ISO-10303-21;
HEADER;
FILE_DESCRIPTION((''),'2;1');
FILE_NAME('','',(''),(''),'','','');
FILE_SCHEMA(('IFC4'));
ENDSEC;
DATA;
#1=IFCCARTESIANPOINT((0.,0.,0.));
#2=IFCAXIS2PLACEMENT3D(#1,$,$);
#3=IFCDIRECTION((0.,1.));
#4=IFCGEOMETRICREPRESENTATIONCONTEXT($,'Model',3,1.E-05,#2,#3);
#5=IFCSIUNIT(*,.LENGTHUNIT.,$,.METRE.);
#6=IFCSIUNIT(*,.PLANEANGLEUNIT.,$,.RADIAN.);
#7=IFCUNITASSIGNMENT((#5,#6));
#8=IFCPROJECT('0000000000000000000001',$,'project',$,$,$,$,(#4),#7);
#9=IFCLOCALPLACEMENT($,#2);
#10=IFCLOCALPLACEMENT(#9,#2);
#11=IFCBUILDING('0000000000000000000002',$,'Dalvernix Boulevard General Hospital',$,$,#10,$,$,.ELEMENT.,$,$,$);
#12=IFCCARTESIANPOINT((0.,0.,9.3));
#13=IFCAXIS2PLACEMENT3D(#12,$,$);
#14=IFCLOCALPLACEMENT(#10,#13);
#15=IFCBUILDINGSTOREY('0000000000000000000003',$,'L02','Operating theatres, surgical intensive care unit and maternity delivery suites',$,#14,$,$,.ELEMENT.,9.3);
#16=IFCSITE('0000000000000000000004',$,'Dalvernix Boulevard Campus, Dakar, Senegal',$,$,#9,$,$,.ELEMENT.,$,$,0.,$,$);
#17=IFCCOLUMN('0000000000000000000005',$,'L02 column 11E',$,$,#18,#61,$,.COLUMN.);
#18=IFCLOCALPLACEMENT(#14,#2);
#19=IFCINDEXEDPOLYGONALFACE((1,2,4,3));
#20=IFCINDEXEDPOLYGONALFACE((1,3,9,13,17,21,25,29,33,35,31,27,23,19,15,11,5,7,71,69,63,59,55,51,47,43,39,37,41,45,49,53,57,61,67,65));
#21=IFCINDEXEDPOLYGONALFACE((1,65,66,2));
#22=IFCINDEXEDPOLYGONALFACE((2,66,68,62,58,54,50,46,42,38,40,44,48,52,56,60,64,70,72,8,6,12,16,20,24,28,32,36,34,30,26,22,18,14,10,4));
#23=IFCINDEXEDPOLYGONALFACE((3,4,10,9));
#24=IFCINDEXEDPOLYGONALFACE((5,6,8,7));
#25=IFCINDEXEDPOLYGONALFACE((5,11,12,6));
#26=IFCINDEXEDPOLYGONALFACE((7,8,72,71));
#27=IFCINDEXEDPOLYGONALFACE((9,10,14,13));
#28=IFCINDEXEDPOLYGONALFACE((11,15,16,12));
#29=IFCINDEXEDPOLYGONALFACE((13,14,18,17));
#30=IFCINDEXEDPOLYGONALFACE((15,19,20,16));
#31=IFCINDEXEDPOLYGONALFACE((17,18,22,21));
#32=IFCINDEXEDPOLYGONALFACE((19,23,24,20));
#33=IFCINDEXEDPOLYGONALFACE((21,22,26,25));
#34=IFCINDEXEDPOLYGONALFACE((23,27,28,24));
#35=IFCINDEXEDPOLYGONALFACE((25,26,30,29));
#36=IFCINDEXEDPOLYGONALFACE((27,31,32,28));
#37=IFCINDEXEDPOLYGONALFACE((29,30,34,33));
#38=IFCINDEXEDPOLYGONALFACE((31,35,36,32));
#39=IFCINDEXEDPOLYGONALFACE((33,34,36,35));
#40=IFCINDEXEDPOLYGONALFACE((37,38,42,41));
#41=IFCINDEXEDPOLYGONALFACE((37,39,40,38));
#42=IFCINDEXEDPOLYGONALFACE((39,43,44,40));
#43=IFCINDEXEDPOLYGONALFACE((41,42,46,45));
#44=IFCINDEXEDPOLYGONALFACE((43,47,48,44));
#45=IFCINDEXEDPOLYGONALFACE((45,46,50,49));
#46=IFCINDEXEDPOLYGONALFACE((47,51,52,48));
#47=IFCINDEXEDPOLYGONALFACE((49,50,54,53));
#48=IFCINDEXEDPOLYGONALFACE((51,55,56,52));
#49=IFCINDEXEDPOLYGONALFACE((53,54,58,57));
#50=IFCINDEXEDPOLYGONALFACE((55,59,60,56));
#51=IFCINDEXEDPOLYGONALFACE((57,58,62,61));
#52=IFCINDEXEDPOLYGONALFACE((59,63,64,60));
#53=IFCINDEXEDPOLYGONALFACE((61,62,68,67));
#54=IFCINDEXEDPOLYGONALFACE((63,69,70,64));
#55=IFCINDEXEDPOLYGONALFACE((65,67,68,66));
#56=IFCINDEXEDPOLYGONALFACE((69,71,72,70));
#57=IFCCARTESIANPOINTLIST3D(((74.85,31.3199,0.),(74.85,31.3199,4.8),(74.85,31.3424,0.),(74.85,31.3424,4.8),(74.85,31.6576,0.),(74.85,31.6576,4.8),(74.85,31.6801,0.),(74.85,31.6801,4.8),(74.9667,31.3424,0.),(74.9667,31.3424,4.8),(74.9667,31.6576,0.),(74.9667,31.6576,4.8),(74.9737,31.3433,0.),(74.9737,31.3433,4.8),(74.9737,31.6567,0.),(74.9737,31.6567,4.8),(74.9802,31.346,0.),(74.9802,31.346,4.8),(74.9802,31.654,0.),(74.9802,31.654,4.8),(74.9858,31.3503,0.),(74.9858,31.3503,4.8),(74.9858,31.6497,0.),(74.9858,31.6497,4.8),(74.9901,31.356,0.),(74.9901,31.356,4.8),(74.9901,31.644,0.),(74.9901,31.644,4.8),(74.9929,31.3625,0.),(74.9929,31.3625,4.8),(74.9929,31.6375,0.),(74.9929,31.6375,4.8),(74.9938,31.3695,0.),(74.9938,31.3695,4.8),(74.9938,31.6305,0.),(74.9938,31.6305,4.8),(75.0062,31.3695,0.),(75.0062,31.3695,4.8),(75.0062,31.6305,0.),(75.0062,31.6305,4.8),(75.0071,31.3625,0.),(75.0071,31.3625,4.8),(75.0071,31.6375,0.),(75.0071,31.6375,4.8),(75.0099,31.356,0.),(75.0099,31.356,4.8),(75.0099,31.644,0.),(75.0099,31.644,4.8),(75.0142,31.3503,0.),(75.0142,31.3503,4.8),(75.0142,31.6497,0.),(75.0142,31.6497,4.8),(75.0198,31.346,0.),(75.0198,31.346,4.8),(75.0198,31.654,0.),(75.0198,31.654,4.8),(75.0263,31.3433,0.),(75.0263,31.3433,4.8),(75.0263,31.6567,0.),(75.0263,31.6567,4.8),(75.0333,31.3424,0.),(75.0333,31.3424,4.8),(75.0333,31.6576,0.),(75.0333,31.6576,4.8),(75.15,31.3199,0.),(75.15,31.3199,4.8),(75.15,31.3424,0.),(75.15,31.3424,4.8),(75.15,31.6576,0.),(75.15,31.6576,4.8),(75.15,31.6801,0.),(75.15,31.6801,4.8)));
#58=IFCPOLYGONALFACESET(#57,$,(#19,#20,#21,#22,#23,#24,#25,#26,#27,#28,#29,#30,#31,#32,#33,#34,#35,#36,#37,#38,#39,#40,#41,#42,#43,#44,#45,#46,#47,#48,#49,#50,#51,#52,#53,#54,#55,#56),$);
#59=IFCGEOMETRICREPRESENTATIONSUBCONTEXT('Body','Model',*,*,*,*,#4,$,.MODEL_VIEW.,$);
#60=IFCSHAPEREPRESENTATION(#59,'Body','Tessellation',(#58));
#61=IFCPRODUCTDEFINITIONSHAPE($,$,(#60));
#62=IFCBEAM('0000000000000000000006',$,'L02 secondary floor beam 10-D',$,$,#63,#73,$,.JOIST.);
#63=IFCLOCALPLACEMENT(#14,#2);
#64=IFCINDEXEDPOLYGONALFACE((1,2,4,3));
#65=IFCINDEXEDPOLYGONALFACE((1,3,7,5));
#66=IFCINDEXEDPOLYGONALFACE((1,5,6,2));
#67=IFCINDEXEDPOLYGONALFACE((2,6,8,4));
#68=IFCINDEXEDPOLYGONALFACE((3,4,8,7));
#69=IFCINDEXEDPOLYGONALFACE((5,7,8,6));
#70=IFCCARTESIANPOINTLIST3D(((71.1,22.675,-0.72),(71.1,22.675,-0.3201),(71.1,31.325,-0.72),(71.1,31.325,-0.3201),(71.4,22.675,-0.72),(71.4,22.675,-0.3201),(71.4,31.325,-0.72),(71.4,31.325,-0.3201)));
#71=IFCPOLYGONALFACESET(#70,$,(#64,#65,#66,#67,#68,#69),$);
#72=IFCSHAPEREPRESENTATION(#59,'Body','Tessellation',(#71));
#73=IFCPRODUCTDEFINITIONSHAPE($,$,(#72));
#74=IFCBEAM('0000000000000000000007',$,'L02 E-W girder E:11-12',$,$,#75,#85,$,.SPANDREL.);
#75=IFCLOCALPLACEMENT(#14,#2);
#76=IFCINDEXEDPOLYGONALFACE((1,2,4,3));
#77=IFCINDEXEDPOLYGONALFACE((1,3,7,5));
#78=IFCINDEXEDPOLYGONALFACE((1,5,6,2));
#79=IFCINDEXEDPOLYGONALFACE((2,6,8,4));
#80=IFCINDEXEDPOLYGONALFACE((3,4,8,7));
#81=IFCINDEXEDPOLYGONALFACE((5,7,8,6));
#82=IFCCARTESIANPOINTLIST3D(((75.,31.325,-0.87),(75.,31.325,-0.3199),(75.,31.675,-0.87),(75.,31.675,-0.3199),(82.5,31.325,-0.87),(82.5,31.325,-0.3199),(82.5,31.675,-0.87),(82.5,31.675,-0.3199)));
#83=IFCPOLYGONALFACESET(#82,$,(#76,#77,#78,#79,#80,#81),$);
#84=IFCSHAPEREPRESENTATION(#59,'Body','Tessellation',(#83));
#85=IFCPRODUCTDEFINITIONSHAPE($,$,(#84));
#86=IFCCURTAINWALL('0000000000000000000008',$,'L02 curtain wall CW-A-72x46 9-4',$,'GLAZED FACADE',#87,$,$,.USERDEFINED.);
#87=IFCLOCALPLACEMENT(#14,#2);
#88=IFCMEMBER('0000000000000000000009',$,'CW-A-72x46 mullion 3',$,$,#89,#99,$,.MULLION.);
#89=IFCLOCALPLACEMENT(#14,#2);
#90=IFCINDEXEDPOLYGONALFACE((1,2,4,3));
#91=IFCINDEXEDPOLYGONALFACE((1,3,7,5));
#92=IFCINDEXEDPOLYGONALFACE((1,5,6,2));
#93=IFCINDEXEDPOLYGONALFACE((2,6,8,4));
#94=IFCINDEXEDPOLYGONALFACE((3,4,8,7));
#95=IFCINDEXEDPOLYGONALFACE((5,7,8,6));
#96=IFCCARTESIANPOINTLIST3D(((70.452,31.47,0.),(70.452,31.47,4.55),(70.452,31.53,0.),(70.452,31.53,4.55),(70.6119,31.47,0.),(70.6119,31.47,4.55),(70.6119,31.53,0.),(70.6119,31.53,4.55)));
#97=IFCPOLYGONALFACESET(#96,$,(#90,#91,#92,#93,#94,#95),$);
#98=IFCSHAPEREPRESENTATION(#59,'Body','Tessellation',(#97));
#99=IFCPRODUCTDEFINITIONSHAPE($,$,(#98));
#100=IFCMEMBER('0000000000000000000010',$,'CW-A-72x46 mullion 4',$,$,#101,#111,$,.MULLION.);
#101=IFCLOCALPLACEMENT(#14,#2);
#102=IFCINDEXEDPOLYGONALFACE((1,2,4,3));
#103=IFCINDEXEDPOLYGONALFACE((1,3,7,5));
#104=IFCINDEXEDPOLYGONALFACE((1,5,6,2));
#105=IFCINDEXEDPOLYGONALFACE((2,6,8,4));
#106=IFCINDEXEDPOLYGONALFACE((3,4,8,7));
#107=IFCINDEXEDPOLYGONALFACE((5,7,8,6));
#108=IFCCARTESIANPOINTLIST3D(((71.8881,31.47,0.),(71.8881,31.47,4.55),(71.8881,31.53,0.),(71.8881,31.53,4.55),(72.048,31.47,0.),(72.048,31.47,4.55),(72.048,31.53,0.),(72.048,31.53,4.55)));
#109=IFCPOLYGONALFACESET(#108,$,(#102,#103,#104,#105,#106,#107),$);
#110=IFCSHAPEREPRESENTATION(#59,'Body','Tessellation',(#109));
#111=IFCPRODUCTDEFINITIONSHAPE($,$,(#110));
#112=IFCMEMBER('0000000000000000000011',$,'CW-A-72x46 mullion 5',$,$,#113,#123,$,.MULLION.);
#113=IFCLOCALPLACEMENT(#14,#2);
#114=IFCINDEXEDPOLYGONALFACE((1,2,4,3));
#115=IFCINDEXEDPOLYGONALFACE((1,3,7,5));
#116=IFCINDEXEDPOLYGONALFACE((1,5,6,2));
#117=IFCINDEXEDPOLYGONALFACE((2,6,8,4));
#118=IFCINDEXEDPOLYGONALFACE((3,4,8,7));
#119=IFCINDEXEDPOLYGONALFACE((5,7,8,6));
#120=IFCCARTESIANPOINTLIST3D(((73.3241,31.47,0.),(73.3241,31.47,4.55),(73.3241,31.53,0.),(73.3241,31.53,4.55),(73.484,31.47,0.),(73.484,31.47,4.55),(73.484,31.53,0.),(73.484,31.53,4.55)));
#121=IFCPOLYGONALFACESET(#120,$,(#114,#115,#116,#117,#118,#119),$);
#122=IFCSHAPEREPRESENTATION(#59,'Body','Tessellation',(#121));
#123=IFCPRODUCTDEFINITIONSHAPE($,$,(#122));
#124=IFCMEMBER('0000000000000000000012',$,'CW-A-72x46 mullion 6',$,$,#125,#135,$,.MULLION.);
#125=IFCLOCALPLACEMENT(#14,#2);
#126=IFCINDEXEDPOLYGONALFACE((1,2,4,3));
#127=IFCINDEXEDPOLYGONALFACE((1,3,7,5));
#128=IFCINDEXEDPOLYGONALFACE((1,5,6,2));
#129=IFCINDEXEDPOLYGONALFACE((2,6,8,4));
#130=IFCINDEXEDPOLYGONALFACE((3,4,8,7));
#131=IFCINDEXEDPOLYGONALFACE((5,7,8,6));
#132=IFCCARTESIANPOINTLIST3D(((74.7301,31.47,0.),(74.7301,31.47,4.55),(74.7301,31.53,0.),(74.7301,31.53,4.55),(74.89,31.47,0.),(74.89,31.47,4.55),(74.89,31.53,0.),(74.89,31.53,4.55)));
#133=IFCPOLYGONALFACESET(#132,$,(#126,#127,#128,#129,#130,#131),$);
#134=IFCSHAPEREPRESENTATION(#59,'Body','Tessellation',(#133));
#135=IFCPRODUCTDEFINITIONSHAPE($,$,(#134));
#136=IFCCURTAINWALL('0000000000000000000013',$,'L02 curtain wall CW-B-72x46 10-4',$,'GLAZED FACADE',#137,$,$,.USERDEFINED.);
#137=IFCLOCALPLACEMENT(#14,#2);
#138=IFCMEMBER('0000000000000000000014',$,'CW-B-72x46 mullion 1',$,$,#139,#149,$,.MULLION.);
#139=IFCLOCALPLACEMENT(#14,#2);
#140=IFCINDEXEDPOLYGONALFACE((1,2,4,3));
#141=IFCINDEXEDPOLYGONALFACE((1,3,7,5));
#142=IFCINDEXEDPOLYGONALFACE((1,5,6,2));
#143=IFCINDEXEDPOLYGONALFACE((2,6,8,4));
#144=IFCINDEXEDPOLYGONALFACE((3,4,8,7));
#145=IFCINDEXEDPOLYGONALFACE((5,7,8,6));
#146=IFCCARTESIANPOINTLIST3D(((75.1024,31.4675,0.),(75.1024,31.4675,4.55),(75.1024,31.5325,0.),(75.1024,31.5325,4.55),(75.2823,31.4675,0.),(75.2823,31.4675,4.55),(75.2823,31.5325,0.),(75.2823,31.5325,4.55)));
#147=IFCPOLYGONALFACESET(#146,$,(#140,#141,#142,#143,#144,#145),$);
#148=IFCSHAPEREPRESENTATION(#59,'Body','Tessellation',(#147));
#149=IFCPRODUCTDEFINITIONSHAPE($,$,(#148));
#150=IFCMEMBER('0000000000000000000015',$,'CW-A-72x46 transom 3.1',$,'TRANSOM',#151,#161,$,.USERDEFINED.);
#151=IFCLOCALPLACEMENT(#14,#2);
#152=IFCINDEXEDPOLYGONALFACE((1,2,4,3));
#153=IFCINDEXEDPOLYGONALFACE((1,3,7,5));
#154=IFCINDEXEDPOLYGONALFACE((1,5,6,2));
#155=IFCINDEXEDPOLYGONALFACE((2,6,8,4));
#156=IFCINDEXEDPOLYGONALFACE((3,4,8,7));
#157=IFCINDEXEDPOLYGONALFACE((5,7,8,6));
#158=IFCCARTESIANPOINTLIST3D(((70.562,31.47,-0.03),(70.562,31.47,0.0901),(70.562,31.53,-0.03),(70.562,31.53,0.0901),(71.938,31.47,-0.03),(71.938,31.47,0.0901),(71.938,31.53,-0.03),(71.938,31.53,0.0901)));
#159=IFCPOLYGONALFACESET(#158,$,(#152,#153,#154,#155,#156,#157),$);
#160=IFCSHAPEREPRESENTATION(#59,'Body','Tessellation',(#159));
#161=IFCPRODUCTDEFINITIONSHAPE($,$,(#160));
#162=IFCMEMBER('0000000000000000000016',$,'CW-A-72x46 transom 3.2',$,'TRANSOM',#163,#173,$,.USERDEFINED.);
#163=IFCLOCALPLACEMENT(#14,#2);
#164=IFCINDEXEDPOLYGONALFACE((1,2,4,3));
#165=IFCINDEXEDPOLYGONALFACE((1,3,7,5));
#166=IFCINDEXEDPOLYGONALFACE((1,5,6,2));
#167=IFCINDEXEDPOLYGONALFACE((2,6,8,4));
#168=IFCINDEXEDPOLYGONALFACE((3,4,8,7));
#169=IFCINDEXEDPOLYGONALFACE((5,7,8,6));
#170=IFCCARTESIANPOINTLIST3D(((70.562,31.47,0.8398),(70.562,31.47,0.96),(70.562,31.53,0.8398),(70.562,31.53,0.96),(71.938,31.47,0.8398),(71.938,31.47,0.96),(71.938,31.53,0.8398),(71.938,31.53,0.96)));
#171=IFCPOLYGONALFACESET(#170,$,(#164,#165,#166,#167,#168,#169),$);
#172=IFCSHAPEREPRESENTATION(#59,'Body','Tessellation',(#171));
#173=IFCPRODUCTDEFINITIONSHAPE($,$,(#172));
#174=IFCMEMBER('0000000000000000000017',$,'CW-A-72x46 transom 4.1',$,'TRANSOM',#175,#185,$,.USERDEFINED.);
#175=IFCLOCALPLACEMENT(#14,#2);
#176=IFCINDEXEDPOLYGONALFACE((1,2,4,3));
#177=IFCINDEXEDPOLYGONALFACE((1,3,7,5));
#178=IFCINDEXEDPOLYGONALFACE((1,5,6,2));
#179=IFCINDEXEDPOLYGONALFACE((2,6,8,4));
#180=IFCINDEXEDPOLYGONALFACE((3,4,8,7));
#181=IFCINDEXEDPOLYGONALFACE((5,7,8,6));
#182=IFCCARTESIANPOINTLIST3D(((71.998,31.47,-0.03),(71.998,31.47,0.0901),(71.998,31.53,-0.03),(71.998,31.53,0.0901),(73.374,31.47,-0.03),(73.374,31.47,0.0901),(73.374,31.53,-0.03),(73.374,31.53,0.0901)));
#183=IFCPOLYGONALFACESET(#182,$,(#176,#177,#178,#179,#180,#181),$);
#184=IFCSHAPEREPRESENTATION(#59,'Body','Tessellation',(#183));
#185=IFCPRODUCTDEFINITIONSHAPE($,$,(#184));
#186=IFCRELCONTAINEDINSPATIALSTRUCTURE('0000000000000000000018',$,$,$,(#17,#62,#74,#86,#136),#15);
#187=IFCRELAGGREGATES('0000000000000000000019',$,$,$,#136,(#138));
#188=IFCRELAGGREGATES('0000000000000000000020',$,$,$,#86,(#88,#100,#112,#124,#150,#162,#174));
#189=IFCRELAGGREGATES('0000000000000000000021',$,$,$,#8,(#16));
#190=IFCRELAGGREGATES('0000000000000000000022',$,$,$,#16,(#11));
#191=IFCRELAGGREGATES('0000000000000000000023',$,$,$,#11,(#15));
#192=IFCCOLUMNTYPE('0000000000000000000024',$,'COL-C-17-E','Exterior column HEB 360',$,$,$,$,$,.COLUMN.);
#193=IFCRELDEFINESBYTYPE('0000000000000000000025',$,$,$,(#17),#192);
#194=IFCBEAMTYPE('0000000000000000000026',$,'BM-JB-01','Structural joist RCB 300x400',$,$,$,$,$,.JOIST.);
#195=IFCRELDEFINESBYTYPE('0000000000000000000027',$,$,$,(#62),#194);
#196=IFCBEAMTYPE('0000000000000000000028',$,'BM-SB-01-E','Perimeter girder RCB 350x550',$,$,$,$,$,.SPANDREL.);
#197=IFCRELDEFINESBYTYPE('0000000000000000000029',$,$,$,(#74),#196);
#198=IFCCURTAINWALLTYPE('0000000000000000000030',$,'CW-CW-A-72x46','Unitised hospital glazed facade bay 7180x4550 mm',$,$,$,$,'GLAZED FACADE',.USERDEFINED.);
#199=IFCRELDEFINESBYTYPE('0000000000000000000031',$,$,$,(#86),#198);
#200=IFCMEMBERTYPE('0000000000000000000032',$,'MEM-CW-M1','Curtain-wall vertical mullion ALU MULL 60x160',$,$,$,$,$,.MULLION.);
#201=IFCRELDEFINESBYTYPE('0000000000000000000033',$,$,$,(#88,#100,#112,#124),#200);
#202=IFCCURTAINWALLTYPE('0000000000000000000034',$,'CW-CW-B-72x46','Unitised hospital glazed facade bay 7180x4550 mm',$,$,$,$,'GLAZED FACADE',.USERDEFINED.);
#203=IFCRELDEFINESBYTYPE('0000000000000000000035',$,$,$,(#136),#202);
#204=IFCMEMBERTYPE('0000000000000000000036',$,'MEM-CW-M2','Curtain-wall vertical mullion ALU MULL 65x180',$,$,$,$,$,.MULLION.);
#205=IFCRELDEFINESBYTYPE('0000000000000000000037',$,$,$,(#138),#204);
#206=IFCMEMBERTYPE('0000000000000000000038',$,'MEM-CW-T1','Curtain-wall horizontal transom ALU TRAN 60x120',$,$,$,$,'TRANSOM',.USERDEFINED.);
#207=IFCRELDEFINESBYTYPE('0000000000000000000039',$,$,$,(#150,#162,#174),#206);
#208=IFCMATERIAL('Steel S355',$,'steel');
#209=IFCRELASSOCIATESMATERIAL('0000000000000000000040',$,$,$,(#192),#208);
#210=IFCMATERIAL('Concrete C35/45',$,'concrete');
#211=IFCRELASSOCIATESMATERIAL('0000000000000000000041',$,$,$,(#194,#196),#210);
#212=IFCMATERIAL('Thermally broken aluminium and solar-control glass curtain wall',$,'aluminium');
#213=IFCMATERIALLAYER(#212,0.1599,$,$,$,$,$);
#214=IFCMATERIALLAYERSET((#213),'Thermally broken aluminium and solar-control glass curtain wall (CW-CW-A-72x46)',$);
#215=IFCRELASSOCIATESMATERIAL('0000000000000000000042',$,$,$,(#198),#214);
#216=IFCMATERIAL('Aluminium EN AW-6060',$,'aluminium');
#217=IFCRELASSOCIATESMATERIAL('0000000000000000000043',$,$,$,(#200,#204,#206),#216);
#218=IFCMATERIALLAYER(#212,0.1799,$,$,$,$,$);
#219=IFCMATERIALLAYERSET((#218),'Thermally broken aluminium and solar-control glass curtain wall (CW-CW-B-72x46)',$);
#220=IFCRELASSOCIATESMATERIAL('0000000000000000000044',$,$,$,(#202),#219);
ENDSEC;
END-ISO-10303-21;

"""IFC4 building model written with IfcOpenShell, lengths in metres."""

from ifc_helpers import new_model, si_unit, direction, frame, origin, origin_2d, place, context, subcontext, project, spatial, rectangle, i_section, extrude, material, layer, layer_set, material_profile, profile_set, type_object, element, aggregate, save


model = new_model("IFC4")

# Units and contexts
model_context = context("Model", 3, precision=1e-05, world=origin(), true_north=direction((0.0, 1.0)))
body_context = subcontext(model_context, "Body", "Model", "MODEL_VIEW")
ifc_project = project(units=[si_unit("LENGTHUNIT", "METRE"), si_unit("PLANEANGLEUNIT", "RADIAN")], contexts=[model_context])

# Site, building, storey
site_placement = place(None, origin())
site = spatial("IfcSite", under=ifc_project, at=site_placement, Name="Dalvernix Boulevard Campus, Dakar, Senegal", CompositionType="ELEMENT", RefElevation=0.0)
building_placement = place(site_placement, origin())
building = spatial("IfcBuilding", under=site, at=building_placement, Name="Dalvernix Boulevard General Hospital", CompositionType="ELEMENT")
storey_placement = place(building_placement, frame((0.0, 0.0, 9.3)))
storey = spatial("IfcBuildingStorey", under=building, at=storey_placement, Name="L02", Description="Operating theatres, surgical intensive care unit and maternity delivery suites", CompositionType="ELEMENT", Elevation=9.3)

# Column
ifc_material_1 = material(Name="Steel S355", Category="steel")
ifc_material_profile_1 = material_profile(ifc_material_1, i_section(OverallWidth=0.3, OverallDepth=0.3601, WebThickness=0.0125, FlangeThickness=0.0225, FilletRadius=0.0271, at=origin_2d()), Name="HEB 360")
ifc_profile_set_1 = profile_set([ifc_material_profile_1], Name="Steel S355")
column_type = type_object("IfcColumnType", Name="COL-C-17-E", Description="Exterior column HEB 360", PredefinedType="COLUMN", material=ifc_profile_set_1)
column_placement = place(storey_placement, frame((75.0, 31.5, 0.0), z_axis=(0.0, 0.0, 1.0), x_axis=(1.0, 0.0, 0.0)))
element("IfcColumn", 1, at=column_placement, inside=storey, type_object=column_type, Name="L02 column 11E", PredefinedType="COLUMN", context=body_context, shape_type="SweptSolid", body=[
    extrude(i_section(OverallWidth=0.3, OverallDepth=0.3601, WebThickness=0.0125, FlangeThickness=0.0225, FilletRadius=0.0271, at=origin_2d()), origin(), (0.0, 0.0, 1.0), 4.8),
])

# Beams
ifc_material_2 = material(Name="Concrete C35/45", Category="concrete")
ifc_material_profile_2 = material_profile(ifc_material_2, rectangle(XDim=0.3, YDim=0.3999, at=origin_2d()), Name="RCB 300x400")
ifc_profile_set_2 = profile_set([ifc_material_profile_2], Name="Concrete C35/45")
beam_type_1 = type_object("IfcBeamType", Name="BM-JB-01", Description="Structural joist RCB 300x400", PredefinedType="JOIST", material=ifc_profile_set_2)
beam_1_placement = place(storey_placement, frame((71.25, 22.675, -0.52), z_axis=(0.0, 1.0, 0.0), x_axis=(-1.0, 0.0, 0.0)))
element("IfcBeam", 2, at=beam_1_placement, inside=storey, type_object=beam_type_1, Name="L02 secondary floor beam 10-D", PredefinedType="JOIST", context=body_context, shape_type="SweptSolid", body=[
    extrude(rectangle(XDim=0.3, YDim=0.3999, at=origin_2d()), origin(), (0.0, 0.0, 1.0), 8.6499),
])
ifc_material_profile_3 = material_profile(ifc_material_2, rectangle(XDim=0.3501, YDim=0.55, at=origin_2d()), Name="RCB 350x550")
ifc_profile_set_3 = profile_set([ifc_material_profile_3], Name="Concrete C35/45")
beam_type_2 = type_object("IfcBeamType", Name="BM-SB-01-E", Description="Perimeter girder RCB 350x550", PredefinedType="SPANDREL", material=ifc_profile_set_3)
beam_2_placement = place(storey_placement, frame((75.0, 31.5, -0.595), z_axis=(1.0, 0.0, 0.0), x_axis=(0.0, 1.0, 0.0)))
element("IfcBeam", 3, at=beam_2_placement, inside=storey, type_object=beam_type_2, Name="L02 E-W girder E:11-12", PredefinedType="SPANDREL", context=body_context, shape_type="SweptSolid", body=[
    extrude(rectangle(XDim=0.3501, YDim=0.55, at=origin_2d()), origin(), (0.0, 0.0, 1.0), 7.5),
])

# Curtain wall, members
ifc_material_3 = material(Name="Thermally broken aluminium and solar-control glass curtain wall", Category="aluminium")
ifc_layer_1 = layer(ifc_material_3, 0.1599)
ifc_layer_set_1 = layer_set([ifc_layer_1], Name="Thermally broken aluminium and solar-control glass curtain wall (CW-CW-A-72x46)")
curtain_wall_type_1 = type_object("IfcCurtainWallType", Name="CW-CW-A-72x46", Description="Unitised hospital glazed facade bay 7180x4550 mm", ElementType="GLAZED FACADE", PredefinedType="USERDEFINED", material=ifc_layer_set_1)
curtain_wall_1_placement = place(storey_placement, origin())
curtain_wall_1 = element("IfcCurtainWall", 4, at=curtain_wall_1_placement, inside=storey, type_object=curtain_wall_type_1, Name="L02 curtain wall CW-A-72x46 9-4", ObjectType="GLAZED FACADE", PredefinedType="USERDEFINED")
ifc_material_4 = material(Name="Aluminium EN AW-6060", Category="aluminium")
ifc_material_profile_4 = material_profile(ifc_material_4, rectangle(XDim=0.0601, YDim=0.1599, at=origin_2d()), Name="ALU MULL 60x160")
ifc_profile_set_4 = profile_set([ifc_material_profile_4], Name="Aluminium EN AW-6060")
member_type_1 = type_object("IfcMemberType", Name="MEM-CW-M1", Description="Curtain-wall vertical mullion ALU MULL 60x160", PredefinedType="MULLION", material=ifc_profile_set_4)
member_1_placement = place(storey_placement, frame((70.532, 31.5, 0.0), z_axis=(0.0, 0.0, 1.0), x_axis=(0.0, 1.0, 0.0)))
member_1 = element("IfcMember", 5, at=member_1_placement, type_object=member_type_1, Name="CW-A-72x46 mullion 3", PredefinedType="MULLION", context=body_context, shape_type="SweptSolid", body=[
    extrude(rectangle(XDim=0.0601, YDim=0.1599, at=origin_2d()), origin(), (0.0, 0.0, 1.0), 4.55),
])
member_2_placement = place(storey_placement, frame((71.968, 31.5, 0.0), z_axis=(0.0, 0.0, 1.0), x_axis=(0.0, 1.0, 0.0)))
member_2 = element("IfcMember", 6, at=member_2_placement, type_object=member_type_1, Name="CW-A-72x46 mullion 4", PredefinedType="MULLION", context=body_context, shape_type="SweptSolid", body=[
    extrude(rectangle(XDim=0.0601, YDim=0.1599, at=origin_2d()), origin(), (0.0, 0.0, 1.0), 4.55),
])
member_3_placement = place(storey_placement, frame((73.4041, 31.5, 0.0), z_axis=(0.0, 0.0, 1.0), x_axis=(0.0, 1.0, 0.0)))
member_3 = element("IfcMember", 7, at=member_3_placement, type_object=member_type_1, Name="CW-A-72x46 mullion 5", PredefinedType="MULLION", context=body_context, shape_type="SweptSolid", body=[
    extrude(rectangle(XDim=0.0601, YDim=0.1599, at=origin_2d()), origin(), (0.0, 0.0, 1.0), 4.55),
])
member_4_placement = place(storey_placement, frame((74.8101, 31.5, 0.0), z_axis=(0.0, 0.0, 1.0), x_axis=(0.0, 1.0, 0.0)))
member_4 = element("IfcMember", 8, at=member_4_placement, type_object=member_type_1, Name="CW-A-72x46 mullion 6", PredefinedType="MULLION", context=body_context, shape_type="SweptSolid", body=[
    extrude(rectangle(XDim=0.0601, YDim=0.1599, at=origin_2d()), origin(), (0.0, 0.0, 1.0), 4.55),
])

# Curtain wall, member
ifc_layer_2 = layer(ifc_material_3, 0.1799)
ifc_layer_set_2 = layer_set([ifc_layer_2], Name="Thermally broken aluminium and solar-control glass curtain wall (CW-CW-B-72x46)")
curtain_wall_type_2 = type_object("IfcCurtainWallType", Name="CW-CW-B-72x46", Description="Unitised hospital glazed facade bay 7180x4550 mm", ElementType="GLAZED FACADE", PredefinedType="USERDEFINED", material=ifc_layer_set_2)
curtain_wall_2_placement = place(storey_placement, origin())
curtain_wall_2 = element("IfcCurtainWall", 9, at=curtain_wall_2_placement, inside=storey, type_object=curtain_wall_type_2, Name="L02 curtain wall CW-B-72x46 10-4", ObjectType="GLAZED FACADE", PredefinedType="USERDEFINED")
ifc_material_profile_5 = material_profile(ifc_material_4, rectangle(XDim=0.0649, YDim=0.1799, at=origin_2d()), Name="ALU MULL 65x180")
ifc_profile_set_5 = profile_set([ifc_material_profile_5], Name="Aluminium EN AW-6060")
member_type_2 = type_object("IfcMemberType", Name="MEM-CW-M2", Description="Curtain-wall vertical mullion ALU MULL 65x180", PredefinedType="MULLION", material=ifc_profile_set_5)
member_5_placement = place(storey_placement, frame((75.1924, 31.5, 0.0), z_axis=(0.0, 0.0, 1.0), x_axis=(0.0, 1.0, 0.0)))
member_5 = element("IfcMember", 10, at=member_5_placement, type_object=member_type_2, Name="CW-B-72x46 mullion 1", PredefinedType="MULLION", context=body_context, shape_type="SweptSolid", body=[
    extrude(rectangle(XDim=0.0649, YDim=0.1799, at=origin_2d()), origin(), (0.0, 0.0, 1.0), 4.55),
])

# Members
ifc_material_profile_6 = material_profile(ifc_material_4, rectangle(XDim=0.0601, YDim=0.1201, at=origin_2d()), Name="ALU TRAN 60x120")
ifc_profile_set_6 = profile_set([ifc_material_profile_6], Name="Aluminium EN AW-6060")
member_type_3 = type_object("IfcMemberType", Name="MEM-CW-T1", Description="Curtain-wall horizontal transom ALU TRAN 60x120", ElementType="TRANSOM", PredefinedType="USERDEFINED", material=ifc_profile_set_6)
member_6_placement = place(storey_placement, frame((70.562, 31.5, 0.03), z_axis=(1.0, 0.0, 0.0), x_axis=(0.0, 1.0, 0.0)))
member_6 = element("IfcMember", 11, at=member_6_placement, type_object=member_type_3, Name="CW-A-72x46 transom 3.1", ObjectType="TRANSOM", PredefinedType="USERDEFINED", context=body_context, shape_type="SweptSolid", body=[
    extrude(rectangle(XDim=0.0601, YDim=0.1201, at=origin_2d()), origin(), (0.0, 0.0, 1.0), 1.376),
])
member_7_placement = place(storey_placement, frame((70.562, 31.5, 0.8999), z_axis=(1.0, 0.0, 0.0), x_axis=(0.0, 1.0, 0.0)))
member_7 = element("IfcMember", 12, at=member_7_placement, type_object=member_type_3, Name="CW-A-72x46 transom 3.2", ObjectType="TRANSOM", PredefinedType="USERDEFINED", context=body_context, shape_type="SweptSolid", body=[
    extrude(rectangle(XDim=0.0601, YDim=0.1201, at=origin_2d()), origin(), (0.0, 0.0, 1.0), 1.376),
])
member_8_placement = place(storey_placement, frame((71.998, 31.5, 0.03), z_axis=(1.0, 0.0, 0.0), x_axis=(0.0, 1.0, 0.0)))
member_8 = element("IfcMember", 13, at=member_8_placement, type_object=member_type_3, Name="CW-A-72x46 transom 4.1", ObjectType="TRANSOM", PredefinedType="USERDEFINED", context=body_context, shape_type="SweptSolid", body=[
    extrude(rectangle(XDim=0.0601, YDim=0.1201, at=origin_2d()), origin(), (0.0, 0.0, 1.0), 1.376),
])
aggregate(curtain_wall_2, [member_5])

aggregate(curtain_wall_1, [member_1, member_2, member_3, member_4, member_6, member_7, member_8])

save(model, "model.ifc")
